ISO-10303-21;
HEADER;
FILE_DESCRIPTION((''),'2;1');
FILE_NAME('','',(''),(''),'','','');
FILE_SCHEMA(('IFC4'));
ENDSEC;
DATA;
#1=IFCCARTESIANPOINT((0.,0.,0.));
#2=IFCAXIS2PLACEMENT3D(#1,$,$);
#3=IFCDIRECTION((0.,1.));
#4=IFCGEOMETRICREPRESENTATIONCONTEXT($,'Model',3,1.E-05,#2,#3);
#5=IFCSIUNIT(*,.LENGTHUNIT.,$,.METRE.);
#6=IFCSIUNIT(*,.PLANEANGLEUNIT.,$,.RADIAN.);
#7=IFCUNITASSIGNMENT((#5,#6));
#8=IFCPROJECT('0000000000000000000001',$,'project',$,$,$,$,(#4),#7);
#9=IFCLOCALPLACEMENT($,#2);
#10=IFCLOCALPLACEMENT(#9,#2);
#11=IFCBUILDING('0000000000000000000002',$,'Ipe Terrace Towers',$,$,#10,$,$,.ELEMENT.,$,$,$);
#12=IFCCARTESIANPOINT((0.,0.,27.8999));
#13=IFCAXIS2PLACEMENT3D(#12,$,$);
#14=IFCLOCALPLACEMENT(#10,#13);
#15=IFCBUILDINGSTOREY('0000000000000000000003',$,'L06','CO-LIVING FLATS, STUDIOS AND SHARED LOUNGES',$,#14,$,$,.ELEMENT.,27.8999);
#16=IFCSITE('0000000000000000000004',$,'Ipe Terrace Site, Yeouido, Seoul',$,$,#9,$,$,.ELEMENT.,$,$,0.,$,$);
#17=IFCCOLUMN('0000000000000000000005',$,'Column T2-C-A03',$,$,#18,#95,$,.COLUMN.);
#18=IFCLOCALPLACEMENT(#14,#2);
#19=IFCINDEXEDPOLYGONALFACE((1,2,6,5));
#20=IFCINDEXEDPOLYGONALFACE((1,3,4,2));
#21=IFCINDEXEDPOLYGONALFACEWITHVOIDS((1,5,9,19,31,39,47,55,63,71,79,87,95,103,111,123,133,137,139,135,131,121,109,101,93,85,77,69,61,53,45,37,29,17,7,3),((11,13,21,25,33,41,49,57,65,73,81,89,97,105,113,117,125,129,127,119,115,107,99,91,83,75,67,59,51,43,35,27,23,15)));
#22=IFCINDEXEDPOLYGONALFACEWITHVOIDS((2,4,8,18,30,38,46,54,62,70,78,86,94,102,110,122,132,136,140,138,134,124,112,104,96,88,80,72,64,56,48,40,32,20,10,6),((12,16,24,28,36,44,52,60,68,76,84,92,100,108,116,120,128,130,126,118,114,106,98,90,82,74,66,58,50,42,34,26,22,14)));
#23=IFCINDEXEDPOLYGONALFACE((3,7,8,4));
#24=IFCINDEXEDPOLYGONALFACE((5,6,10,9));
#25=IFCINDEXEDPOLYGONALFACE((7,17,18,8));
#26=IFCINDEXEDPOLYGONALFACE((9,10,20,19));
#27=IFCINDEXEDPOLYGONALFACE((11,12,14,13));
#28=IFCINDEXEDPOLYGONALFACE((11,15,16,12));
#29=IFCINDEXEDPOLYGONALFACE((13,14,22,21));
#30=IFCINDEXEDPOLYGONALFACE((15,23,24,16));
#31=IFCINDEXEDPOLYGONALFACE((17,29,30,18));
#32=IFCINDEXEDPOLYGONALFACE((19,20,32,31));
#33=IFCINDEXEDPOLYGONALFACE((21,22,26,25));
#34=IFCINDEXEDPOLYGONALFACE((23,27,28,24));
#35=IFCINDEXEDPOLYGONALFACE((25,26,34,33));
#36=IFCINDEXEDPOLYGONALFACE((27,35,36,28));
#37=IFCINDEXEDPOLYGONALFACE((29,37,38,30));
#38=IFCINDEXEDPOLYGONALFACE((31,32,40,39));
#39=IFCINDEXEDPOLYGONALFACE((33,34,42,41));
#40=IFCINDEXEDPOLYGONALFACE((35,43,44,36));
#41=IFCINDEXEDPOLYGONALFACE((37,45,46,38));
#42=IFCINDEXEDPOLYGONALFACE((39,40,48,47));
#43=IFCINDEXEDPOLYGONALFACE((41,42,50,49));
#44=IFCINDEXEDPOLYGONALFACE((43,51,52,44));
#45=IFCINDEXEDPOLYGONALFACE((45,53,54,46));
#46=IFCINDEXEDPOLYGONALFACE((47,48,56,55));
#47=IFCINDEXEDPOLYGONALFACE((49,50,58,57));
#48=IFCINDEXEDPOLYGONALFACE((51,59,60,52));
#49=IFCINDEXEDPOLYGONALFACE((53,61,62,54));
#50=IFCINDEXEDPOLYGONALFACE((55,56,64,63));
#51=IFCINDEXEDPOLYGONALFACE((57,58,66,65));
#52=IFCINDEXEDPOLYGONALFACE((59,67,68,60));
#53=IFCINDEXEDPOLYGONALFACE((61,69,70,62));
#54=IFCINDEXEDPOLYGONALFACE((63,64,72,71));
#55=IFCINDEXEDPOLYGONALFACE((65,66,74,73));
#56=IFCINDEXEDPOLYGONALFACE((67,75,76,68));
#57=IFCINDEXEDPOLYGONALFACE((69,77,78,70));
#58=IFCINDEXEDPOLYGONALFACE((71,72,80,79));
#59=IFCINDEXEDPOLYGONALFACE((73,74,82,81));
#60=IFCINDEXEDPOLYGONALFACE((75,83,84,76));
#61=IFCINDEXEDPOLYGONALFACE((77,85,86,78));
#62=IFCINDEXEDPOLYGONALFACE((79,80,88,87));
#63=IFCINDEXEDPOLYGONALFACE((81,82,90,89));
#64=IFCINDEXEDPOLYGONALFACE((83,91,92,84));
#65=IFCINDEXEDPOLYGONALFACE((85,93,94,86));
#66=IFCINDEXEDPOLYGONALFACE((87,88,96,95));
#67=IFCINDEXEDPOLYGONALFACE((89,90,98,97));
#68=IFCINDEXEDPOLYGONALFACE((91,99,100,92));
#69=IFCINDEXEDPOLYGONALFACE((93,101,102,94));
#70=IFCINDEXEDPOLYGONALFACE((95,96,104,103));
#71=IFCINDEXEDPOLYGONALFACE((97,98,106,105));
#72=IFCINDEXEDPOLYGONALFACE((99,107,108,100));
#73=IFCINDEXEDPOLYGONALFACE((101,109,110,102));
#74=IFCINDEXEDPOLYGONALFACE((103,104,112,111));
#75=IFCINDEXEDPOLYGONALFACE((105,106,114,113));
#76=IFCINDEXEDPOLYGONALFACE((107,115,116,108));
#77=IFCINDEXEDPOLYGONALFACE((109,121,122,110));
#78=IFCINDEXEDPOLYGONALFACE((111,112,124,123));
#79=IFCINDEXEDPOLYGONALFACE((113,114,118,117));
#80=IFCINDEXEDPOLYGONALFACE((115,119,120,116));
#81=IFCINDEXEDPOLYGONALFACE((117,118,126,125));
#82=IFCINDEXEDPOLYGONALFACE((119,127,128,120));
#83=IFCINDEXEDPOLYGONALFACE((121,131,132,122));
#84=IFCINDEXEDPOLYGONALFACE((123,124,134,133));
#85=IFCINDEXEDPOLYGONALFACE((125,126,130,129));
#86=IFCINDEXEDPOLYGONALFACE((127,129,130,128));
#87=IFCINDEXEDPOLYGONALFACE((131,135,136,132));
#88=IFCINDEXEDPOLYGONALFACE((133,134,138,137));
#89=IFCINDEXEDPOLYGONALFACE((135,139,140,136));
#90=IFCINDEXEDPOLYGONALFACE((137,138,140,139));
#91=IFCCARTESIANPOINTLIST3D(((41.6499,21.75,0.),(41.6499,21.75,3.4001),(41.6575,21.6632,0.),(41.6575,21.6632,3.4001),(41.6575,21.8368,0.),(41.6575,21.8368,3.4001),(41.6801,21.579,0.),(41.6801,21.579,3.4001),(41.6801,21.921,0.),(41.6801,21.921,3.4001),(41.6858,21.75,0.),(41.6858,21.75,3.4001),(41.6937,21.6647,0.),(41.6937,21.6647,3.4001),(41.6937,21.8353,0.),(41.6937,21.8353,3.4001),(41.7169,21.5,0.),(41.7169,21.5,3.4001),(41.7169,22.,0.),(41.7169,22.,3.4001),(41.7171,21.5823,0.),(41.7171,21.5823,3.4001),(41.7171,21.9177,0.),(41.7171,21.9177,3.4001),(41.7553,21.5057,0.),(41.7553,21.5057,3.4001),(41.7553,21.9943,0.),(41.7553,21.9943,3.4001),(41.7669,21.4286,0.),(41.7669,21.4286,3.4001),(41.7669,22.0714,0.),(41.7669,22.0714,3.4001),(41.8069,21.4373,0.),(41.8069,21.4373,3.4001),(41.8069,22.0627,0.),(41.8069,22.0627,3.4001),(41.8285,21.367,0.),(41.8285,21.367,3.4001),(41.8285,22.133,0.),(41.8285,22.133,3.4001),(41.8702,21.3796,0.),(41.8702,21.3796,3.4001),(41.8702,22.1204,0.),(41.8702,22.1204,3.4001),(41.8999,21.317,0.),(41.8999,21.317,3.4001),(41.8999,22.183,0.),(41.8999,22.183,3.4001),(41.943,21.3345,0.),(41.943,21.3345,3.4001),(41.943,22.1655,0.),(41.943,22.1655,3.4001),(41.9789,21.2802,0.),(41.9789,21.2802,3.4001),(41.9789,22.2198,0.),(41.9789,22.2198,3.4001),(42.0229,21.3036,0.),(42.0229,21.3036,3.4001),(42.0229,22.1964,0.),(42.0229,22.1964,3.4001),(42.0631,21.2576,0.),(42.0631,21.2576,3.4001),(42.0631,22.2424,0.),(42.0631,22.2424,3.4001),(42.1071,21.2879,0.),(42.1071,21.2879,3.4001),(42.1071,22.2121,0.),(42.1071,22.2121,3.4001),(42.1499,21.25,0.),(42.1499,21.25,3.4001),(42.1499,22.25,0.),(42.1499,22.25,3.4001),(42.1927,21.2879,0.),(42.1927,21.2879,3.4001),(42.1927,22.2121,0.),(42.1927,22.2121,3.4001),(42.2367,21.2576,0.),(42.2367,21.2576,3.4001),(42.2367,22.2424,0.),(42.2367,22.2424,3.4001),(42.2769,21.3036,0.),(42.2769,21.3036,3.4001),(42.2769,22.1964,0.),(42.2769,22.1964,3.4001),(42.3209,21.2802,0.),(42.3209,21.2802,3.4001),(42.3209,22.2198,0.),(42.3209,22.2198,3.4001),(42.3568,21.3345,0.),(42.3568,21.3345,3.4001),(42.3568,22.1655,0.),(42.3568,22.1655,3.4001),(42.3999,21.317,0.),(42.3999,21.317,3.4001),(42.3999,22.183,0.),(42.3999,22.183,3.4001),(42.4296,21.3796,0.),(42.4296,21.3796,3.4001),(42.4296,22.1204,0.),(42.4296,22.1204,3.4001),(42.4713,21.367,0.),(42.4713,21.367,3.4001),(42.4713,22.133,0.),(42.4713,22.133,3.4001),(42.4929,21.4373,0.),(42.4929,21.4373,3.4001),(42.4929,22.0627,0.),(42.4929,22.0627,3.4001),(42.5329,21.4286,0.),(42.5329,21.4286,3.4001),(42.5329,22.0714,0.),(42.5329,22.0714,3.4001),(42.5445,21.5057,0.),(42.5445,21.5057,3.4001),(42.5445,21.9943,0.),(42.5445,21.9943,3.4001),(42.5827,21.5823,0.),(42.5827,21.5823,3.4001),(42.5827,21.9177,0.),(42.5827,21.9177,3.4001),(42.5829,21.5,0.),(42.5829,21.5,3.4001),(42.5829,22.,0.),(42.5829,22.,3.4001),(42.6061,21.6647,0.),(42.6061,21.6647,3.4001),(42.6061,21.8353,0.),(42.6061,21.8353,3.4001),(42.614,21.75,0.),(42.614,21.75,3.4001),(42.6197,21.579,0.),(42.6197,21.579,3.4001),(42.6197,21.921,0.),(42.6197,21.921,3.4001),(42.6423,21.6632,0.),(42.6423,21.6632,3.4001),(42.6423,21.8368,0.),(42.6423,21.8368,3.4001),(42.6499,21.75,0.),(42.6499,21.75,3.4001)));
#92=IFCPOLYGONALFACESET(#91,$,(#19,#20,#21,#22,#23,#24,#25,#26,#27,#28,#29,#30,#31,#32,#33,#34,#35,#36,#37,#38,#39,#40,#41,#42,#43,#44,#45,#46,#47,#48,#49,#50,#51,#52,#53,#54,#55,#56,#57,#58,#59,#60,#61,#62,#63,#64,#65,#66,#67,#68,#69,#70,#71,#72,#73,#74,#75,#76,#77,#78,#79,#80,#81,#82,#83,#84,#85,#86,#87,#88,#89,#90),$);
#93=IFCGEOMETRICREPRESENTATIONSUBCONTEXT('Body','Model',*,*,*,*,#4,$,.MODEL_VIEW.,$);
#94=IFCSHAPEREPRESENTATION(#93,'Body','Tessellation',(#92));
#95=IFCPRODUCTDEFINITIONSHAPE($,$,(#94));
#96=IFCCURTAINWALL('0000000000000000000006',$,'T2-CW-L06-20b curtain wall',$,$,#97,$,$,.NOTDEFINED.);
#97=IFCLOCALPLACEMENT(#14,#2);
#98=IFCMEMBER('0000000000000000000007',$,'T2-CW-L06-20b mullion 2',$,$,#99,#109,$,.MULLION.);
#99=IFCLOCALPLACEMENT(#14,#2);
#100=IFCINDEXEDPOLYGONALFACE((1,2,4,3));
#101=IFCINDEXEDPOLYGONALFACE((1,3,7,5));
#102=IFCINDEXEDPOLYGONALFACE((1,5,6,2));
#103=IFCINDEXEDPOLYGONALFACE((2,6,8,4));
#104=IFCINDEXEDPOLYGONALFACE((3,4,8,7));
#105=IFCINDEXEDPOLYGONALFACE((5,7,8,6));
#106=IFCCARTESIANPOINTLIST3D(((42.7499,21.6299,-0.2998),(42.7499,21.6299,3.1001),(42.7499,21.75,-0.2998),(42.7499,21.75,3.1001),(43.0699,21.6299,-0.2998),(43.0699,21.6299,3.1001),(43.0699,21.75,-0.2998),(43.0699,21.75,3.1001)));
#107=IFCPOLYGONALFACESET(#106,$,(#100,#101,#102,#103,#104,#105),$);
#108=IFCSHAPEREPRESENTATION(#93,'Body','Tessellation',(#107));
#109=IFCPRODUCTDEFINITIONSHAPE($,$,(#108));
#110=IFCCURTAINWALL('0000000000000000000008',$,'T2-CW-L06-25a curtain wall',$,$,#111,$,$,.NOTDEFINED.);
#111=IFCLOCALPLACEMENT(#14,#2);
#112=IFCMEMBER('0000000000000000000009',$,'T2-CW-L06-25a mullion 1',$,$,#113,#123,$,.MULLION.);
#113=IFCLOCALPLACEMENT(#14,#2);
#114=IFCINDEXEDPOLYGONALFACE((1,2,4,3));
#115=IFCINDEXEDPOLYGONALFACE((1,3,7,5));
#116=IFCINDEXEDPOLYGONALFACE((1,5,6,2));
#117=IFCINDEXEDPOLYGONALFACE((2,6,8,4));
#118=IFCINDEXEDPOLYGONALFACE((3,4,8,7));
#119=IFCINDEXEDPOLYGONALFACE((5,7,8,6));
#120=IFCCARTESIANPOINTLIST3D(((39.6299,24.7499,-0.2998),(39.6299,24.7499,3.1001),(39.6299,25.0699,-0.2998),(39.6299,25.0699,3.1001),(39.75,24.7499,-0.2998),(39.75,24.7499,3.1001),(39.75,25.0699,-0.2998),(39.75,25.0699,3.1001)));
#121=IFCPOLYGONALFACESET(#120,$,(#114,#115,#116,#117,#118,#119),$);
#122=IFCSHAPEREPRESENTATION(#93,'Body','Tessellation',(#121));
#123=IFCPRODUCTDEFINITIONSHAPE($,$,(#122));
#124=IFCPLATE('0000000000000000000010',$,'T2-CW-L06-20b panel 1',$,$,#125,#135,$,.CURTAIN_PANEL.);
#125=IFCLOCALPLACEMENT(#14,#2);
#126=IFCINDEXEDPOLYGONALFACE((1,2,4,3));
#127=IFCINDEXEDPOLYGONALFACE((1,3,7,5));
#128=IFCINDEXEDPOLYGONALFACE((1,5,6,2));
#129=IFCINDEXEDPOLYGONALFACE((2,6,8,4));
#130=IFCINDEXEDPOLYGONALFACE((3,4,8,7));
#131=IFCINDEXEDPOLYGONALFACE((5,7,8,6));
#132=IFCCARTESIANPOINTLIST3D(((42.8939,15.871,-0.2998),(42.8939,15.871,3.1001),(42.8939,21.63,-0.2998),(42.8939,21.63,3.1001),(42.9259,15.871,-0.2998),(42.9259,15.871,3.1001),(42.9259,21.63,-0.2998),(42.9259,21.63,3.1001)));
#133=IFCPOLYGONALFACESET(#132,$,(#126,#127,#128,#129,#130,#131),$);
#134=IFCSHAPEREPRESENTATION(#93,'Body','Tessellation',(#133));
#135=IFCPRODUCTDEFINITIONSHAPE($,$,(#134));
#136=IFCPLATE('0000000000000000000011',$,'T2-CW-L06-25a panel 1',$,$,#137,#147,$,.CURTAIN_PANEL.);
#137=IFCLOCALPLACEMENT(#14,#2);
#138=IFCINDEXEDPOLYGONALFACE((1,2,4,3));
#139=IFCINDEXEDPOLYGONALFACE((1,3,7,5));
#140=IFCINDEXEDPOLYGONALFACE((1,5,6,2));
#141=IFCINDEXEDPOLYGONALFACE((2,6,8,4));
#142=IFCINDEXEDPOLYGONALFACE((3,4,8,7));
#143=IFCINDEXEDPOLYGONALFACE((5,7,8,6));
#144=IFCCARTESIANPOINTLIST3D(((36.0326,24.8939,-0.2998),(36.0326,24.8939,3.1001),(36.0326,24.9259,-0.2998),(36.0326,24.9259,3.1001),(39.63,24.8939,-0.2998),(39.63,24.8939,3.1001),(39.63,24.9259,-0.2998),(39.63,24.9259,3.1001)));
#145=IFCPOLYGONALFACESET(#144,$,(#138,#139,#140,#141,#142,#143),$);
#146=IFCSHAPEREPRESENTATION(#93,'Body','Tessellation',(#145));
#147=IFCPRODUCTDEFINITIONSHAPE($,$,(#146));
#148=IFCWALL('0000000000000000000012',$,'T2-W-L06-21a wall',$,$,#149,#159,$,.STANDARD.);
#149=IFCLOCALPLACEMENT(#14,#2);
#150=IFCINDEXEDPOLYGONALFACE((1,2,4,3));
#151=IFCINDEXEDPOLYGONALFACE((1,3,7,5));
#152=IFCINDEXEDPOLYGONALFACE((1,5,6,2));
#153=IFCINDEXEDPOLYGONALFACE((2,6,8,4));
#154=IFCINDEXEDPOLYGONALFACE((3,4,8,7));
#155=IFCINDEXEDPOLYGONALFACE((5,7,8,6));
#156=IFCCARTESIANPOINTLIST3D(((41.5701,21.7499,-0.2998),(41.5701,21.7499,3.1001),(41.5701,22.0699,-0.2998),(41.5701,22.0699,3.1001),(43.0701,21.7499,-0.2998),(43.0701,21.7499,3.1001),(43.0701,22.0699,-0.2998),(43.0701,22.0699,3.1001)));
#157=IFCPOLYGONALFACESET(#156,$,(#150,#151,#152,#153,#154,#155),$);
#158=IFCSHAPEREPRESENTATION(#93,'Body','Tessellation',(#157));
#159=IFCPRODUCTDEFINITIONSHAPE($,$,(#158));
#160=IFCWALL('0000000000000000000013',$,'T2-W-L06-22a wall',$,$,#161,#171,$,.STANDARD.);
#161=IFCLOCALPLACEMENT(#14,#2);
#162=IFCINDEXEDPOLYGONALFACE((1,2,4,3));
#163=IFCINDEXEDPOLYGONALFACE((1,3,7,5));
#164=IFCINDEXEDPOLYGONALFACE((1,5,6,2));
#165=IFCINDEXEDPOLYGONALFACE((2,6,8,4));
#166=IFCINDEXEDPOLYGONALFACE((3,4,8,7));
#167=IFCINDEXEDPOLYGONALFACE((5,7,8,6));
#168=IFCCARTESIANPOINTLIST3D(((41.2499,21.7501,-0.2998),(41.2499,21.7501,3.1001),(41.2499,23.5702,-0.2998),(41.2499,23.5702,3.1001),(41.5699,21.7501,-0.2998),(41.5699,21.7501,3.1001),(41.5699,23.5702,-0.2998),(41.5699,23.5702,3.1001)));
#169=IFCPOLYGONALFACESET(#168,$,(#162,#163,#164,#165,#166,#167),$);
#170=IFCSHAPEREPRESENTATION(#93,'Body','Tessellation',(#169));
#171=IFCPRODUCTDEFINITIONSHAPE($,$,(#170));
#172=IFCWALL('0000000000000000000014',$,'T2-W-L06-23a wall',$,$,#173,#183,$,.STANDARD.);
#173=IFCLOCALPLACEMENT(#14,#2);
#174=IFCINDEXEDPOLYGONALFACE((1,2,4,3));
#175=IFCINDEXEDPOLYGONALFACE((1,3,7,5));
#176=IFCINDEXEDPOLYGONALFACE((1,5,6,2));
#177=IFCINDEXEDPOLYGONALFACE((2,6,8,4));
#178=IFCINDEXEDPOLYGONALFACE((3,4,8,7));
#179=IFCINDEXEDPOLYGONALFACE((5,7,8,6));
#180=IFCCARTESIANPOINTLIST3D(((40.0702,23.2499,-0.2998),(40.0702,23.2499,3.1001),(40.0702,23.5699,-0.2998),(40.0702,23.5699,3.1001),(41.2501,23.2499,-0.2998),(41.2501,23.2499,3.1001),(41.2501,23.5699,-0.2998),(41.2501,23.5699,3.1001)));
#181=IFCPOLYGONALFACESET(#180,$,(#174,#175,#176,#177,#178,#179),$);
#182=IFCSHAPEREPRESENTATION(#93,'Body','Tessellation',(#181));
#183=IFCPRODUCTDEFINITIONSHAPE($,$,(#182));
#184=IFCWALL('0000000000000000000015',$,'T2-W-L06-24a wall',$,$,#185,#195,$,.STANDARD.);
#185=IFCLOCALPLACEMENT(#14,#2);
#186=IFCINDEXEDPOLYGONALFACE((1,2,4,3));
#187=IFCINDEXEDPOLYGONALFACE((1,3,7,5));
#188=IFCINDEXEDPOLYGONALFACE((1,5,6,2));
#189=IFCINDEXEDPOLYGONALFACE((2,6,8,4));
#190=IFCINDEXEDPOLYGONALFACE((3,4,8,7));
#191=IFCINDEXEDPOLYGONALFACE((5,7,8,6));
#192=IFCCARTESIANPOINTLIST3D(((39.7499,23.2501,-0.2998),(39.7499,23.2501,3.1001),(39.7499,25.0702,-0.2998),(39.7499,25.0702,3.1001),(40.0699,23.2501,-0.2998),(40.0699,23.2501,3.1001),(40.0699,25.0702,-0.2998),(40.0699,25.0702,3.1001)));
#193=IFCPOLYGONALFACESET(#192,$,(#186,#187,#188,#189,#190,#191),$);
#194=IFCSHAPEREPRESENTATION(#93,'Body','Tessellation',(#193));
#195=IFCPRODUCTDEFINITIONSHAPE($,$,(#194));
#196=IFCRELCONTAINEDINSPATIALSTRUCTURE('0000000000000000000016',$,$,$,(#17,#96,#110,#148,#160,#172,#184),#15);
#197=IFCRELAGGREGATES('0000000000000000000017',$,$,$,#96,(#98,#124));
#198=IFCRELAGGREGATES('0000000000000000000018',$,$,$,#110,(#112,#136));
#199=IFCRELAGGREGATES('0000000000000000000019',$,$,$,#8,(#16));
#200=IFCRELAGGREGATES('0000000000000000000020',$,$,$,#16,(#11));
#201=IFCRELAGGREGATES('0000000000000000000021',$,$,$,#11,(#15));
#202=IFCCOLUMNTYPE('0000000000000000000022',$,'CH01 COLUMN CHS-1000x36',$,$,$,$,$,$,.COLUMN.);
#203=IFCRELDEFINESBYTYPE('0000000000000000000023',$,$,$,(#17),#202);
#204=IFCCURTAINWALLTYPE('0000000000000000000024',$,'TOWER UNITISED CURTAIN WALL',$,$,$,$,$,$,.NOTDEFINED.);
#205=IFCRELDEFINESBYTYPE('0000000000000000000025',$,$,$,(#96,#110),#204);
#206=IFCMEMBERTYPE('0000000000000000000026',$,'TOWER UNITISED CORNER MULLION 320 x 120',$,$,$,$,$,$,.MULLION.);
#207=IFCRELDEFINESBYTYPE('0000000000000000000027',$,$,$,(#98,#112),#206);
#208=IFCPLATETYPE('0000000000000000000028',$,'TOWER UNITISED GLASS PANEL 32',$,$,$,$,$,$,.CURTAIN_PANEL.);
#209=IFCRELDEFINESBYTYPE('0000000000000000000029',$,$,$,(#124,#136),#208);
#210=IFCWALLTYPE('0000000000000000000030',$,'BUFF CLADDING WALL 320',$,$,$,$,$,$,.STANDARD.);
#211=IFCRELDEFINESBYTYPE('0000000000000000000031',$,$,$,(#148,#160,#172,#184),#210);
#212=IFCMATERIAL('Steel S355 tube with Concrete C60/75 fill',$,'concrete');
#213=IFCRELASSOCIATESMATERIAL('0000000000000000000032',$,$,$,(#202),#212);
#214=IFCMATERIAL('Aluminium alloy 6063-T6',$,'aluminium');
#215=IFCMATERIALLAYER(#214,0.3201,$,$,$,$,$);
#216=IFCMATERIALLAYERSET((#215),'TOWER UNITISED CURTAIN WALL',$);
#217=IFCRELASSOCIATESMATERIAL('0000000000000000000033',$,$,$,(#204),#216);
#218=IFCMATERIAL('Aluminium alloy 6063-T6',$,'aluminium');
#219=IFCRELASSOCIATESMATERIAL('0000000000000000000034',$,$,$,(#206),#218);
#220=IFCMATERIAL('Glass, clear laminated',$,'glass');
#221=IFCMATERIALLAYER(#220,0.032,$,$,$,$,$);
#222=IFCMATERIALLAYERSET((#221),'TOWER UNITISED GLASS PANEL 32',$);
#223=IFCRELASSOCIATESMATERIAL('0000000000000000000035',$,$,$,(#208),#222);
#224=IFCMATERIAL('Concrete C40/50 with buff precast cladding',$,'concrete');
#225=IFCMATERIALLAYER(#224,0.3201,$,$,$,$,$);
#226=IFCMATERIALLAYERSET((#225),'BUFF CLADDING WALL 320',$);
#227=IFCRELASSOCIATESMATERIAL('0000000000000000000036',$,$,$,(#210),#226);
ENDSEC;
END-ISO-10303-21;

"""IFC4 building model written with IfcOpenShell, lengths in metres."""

from ifc_helpers import new_model, si_unit, direction, frame, frame_2d, origin, origin_2d, place, context, subcontext, project, spatial, rectangle, hollow_circle, extrude, material, layer, layer_set, material_profile, profile_set, type_object, element, aggregate, save


model = new_model("IFC4")

# Units and contexts
model_context = context("Model", 3, precision=1e-05, world=origin(), true_north=direction((0.0, 1.0)))
body_context = subcontext(model_context, "Body", "Model", "MODEL_VIEW")
ifc_project = project(units=[si_unit("LENGTHUNIT", "METRE"), si_unit("PLANEANGLEUNIT", "RADIAN")], contexts=[model_context])

# Site, building, storey
site_placement = place(None, origin())
site = spatial("IfcSite", under=ifc_project, at=site_placement, Name="Ipe Terrace Site, Yeouido, Seoul", CompositionType="ELEMENT", RefElevation=0.0)
building_placement = place(site_placement, origin())
building = spatial("IfcBuilding", under=site, at=building_placement, Name="Ipe Terrace Towers", CompositionType="ELEMENT")
storey_placement = place(building_placement, frame((0.0, 0.0, 27.8999)))
storey = spatial("IfcBuildingStorey", under=building, at=storey_placement, Name="L06", Description="CO-LIVING FLATS, STUDIOS AND SHARED LOUNGES", CompositionType="ELEMENT", Elevation=27.8999)

# Column
ifc_material_1 = material(Name="Steel S355 tube with Concrete C60/75 fill", Category="concrete")
ifc_material_profile_1 = material_profile(ifc_material_1, hollow_circle(Radius=0.5, WallThickness=0.0359, at=origin_2d()), Name="CHS-1000x36")
ifc_profile_set_1 = profile_set([ifc_material_profile_1], Name="Steel S355 tube with Concrete C60/75 fill")
column_type = type_object("IfcColumnType", Name="CH01 COLUMN CHS-1000x36", PredefinedType="COLUMN", material=ifc_profile_set_1)
column_placement = place(storey_placement, frame((42.1499, 21.75, 0.0), z_axis=(0.0, 0.0, 1.0), x_axis=(1.0, 0.0, 0.0)))
element("IfcColumn", 1, at=column_placement, inside=storey, type_object=column_type, Name="Column T2-C-A03", PredefinedType="COLUMN", context=body_context, shape_type="SweptSolid", body=[
    extrude(hollow_circle(Radius=0.5, WallThickness=0.0359, at=origin_2d()), origin(), (0.0, 0.0, 1.0), 3.4001),
])

# Curtain walls, members
ifc_material_2 = material(Name="Aluminium alloy 6063-T6", Category="aluminium")
ifc_layer_1 = layer(ifc_material_2, 0.3201)
ifc_layer_set_1 = layer_set([ifc_layer_1], Name="TOWER UNITISED CURTAIN WALL")
curtain_wall_type = type_object("IfcCurtainWallType", Name="TOWER UNITISED CURTAIN WALL", PredefinedType="NOTDEFINED", material=ifc_layer_set_1)
curtain_wall_1_placement = place(storey_placement, origin())
curtain_wall_1 = element("IfcCurtainWall", 2, at=curtain_wall_1_placement, inside=storey, type_object=curtain_wall_type, Name="T2-CW-L06-20b curtain wall", PredefinedType="NOTDEFINED")
ifc_material_3 = material(Name="Aluminium alloy 6063-T6", Category="aluminium")
ifc_material_profile_2 = material_profile(ifc_material_3, rectangle(XDim=0.3201, YDim=0.1201, at=origin_2d()), Name="TOWER UNITISED CORNER MULLION 320 x 120")
ifc_profile_set_2 = profile_set([ifc_material_profile_2], Name="Aluminium alloy 6063-T6")
member_type = type_object("IfcMemberType", Name="TOWER UNITISED CORNER MULLION 320 x 120", PredefinedType="MULLION", material=ifc_profile_set_2)
member_1_placement = place(storey_placement, frame((42.9099, 21.6899, -0.2998), z_axis=(0.0, 0.0, 1.0), x_axis=(1.0, 0.0, 0.0)))
member_1 = element("IfcMember", 3, at=member_1_placement, type_object=member_type, Name="T2-CW-L06-20b mullion 2", PredefinedType="MULLION", context=body_context, shape_type="SweptSolid", body=[
    extrude(rectangle(XDim=0.3201, YDim=0.1201, at=origin_2d()), origin(), (0.0, 0.0, 1.0), 3.3999),
])
curtain_wall_2_placement = place(storey_placement, origin())
curtain_wall_2 = element("IfcCurtainWall", 4, at=curtain_wall_2_placement, inside=storey, type_object=curtain_wall_type, Name="T2-CW-L06-25a curtain wall", PredefinedType="NOTDEFINED")
member_2_placement = place(storey_placement, frame((39.6899, 24.9099, -0.2998), z_axis=(0.0, 0.0, 1.0), x_axis=(0.0, 1.0, 0.0)))
member_2 = element("IfcMember", 5, at=member_2_placement, type_object=member_type, Name="T2-CW-L06-25a mullion 1", PredefinedType="MULLION", context=body_context, shape_type="SweptSolid", body=[
    extrude(rectangle(XDim=0.3201, YDim=0.1201, at=origin_2d()), origin(), (0.0, 0.0, 1.0), 3.3999),
])

# Plates
ifc_material_4 = material(Name="Glass, clear laminated", Category="glass")
ifc_layer_2 = layer(ifc_material_4, 0.032)
ifc_layer_set_2 = layer_set([ifc_layer_2], Name="TOWER UNITISED GLASS PANEL 32")
plate_type = type_object("IfcPlateType", Name="TOWER UNITISED GLASS PANEL 32", PredefinedType="CURTAIN_PANEL", material=ifc_layer_set_2)
plate_1_placement = place(storey_placement, frame((42.9099, 18.7505, -0.2998), z_axis=(0.0, 0.0, 1.0), x_axis=(0.0, 1.0, 0.0)))
plate_1 = element("IfcPlate", 6, at=plate_1_placement, type_object=plate_type, Name="T2-CW-L06-20b panel 1", PredefinedType="CURTAIN_PANEL", context=body_context, shape_type="SweptSolid", body=[
    extrude(rectangle(XDim=5.759, YDim=0.032, at=origin_2d()), origin(), (0.0, 0.0, 1.0), 3.3999),
])
aggregate(curtain_wall_1, [member_1, plate_1])
plate_2_placement = place(storey_placement, frame((37.8313, 24.9099, -0.2998), z_axis=(0.0, 0.0, 1.0), x_axis=(-1.0, 0.0, 0.0)))
plate_2 = element("IfcPlate", 7, at=plate_2_placement, type_object=plate_type, Name="T2-CW-L06-25a panel 1", PredefinedType="CURTAIN_PANEL", context=body_context, shape_type="SweptSolid", body=[
    extrude(rectangle(XDim=3.5974, YDim=0.032, at=origin_2d()), origin(), (0.0, 0.0, 1.0), 3.3999),
])
aggregate(curtain_wall_2, [member_2, plate_2])

# Walls
ifc_material_5 = material(Name="Concrete C40/50 with buff precast cladding", Category="concrete")
ifc_layer_3 = layer(ifc_material_5, 0.3201)
ifc_layer_set_3 = layer_set([ifc_layer_3], Name="BUFF CLADDING WALL 320")
wall_type_1 = type_object("IfcWallType", Name="BUFF CLADDING WALL 320", PredefinedType="STANDARD", material=ifc_layer_set_3)
wall_1_placement = place(storey_placement, frame((43.0701, 21.9099, -0.2998), z_axis=(0.0, 0.0, 1.0), x_axis=(-1.0, 0.0, 0.0)))
element("IfcWall", 8, at=wall_1_placement, inside=storey, type_object=wall_type_1, Name="T2-W-L06-21a wall", PredefinedType="STANDARD", context=body_context, shape_type="SweptSolid", body=[
    extrude(rectangle(XDim=1.5, YDim=0.3201, at=frame_2d((0.75, 0.0))), origin(), (0.0, 0.0, 1.0), 3.3999),
])
wall_2_placement = place(storey_placement, frame((41.4099, 21.75, -0.2998), z_axis=(0.0, 0.0, 1.0), x_axis=(0.0, 1.0, 0.0)))
element("IfcWall", 9, at=wall_2_placement, inside=storey, type_object=wall_type_1, Name="T2-W-L06-22a wall", PredefinedType="STANDARD", context=body_context, shape_type="SweptSolid", body=[
    extrude(rectangle(XDim=1.8201, YDim=0.3201, at=frame_2d((0.9102, 0.0))), origin(), (0.0, 0.0, 1.0), 3.3999),
])
wall_3_placement = place(storey_placement, frame((41.25, 23.4099, -0.2998), z_axis=(0.0, 0.0, 1.0), x_axis=(-1.0, 0.0, 0.0)))
element("IfcWall", 10, at=wall_3_placement, inside=storey, type_object=wall_type_1, Name="T2-W-L06-23a wall", PredefinedType="STANDARD", context=body_context, shape_type="SweptSolid", body=[
    extrude(rectangle(XDim=1.1799, YDim=0.3201, at=frame_2d((0.5898, 0.0))), origin(), (0.0, 0.0, 1.0), 3.3999),
])
wall_4_placement = place(storey_placement, frame((39.9099, 23.25, -0.2998), z_axis=(0.0, 0.0, 1.0), x_axis=(0.0, 1.0, 0.0)))
element("IfcWall", 11, at=wall_4_placement, inside=storey, type_object=wall_type_1, Name="T2-W-L06-24a wall", PredefinedType="STANDARD", context=body_context, shape_type="SweptSolid", body=[
    extrude(rectangle(XDim=1.8201, YDim=0.3201, at=frame_2d((0.9102, 0.0))), origin(), (0.0, 0.0, 1.0), 3.3999),
])

save(model, "model.ifc")
